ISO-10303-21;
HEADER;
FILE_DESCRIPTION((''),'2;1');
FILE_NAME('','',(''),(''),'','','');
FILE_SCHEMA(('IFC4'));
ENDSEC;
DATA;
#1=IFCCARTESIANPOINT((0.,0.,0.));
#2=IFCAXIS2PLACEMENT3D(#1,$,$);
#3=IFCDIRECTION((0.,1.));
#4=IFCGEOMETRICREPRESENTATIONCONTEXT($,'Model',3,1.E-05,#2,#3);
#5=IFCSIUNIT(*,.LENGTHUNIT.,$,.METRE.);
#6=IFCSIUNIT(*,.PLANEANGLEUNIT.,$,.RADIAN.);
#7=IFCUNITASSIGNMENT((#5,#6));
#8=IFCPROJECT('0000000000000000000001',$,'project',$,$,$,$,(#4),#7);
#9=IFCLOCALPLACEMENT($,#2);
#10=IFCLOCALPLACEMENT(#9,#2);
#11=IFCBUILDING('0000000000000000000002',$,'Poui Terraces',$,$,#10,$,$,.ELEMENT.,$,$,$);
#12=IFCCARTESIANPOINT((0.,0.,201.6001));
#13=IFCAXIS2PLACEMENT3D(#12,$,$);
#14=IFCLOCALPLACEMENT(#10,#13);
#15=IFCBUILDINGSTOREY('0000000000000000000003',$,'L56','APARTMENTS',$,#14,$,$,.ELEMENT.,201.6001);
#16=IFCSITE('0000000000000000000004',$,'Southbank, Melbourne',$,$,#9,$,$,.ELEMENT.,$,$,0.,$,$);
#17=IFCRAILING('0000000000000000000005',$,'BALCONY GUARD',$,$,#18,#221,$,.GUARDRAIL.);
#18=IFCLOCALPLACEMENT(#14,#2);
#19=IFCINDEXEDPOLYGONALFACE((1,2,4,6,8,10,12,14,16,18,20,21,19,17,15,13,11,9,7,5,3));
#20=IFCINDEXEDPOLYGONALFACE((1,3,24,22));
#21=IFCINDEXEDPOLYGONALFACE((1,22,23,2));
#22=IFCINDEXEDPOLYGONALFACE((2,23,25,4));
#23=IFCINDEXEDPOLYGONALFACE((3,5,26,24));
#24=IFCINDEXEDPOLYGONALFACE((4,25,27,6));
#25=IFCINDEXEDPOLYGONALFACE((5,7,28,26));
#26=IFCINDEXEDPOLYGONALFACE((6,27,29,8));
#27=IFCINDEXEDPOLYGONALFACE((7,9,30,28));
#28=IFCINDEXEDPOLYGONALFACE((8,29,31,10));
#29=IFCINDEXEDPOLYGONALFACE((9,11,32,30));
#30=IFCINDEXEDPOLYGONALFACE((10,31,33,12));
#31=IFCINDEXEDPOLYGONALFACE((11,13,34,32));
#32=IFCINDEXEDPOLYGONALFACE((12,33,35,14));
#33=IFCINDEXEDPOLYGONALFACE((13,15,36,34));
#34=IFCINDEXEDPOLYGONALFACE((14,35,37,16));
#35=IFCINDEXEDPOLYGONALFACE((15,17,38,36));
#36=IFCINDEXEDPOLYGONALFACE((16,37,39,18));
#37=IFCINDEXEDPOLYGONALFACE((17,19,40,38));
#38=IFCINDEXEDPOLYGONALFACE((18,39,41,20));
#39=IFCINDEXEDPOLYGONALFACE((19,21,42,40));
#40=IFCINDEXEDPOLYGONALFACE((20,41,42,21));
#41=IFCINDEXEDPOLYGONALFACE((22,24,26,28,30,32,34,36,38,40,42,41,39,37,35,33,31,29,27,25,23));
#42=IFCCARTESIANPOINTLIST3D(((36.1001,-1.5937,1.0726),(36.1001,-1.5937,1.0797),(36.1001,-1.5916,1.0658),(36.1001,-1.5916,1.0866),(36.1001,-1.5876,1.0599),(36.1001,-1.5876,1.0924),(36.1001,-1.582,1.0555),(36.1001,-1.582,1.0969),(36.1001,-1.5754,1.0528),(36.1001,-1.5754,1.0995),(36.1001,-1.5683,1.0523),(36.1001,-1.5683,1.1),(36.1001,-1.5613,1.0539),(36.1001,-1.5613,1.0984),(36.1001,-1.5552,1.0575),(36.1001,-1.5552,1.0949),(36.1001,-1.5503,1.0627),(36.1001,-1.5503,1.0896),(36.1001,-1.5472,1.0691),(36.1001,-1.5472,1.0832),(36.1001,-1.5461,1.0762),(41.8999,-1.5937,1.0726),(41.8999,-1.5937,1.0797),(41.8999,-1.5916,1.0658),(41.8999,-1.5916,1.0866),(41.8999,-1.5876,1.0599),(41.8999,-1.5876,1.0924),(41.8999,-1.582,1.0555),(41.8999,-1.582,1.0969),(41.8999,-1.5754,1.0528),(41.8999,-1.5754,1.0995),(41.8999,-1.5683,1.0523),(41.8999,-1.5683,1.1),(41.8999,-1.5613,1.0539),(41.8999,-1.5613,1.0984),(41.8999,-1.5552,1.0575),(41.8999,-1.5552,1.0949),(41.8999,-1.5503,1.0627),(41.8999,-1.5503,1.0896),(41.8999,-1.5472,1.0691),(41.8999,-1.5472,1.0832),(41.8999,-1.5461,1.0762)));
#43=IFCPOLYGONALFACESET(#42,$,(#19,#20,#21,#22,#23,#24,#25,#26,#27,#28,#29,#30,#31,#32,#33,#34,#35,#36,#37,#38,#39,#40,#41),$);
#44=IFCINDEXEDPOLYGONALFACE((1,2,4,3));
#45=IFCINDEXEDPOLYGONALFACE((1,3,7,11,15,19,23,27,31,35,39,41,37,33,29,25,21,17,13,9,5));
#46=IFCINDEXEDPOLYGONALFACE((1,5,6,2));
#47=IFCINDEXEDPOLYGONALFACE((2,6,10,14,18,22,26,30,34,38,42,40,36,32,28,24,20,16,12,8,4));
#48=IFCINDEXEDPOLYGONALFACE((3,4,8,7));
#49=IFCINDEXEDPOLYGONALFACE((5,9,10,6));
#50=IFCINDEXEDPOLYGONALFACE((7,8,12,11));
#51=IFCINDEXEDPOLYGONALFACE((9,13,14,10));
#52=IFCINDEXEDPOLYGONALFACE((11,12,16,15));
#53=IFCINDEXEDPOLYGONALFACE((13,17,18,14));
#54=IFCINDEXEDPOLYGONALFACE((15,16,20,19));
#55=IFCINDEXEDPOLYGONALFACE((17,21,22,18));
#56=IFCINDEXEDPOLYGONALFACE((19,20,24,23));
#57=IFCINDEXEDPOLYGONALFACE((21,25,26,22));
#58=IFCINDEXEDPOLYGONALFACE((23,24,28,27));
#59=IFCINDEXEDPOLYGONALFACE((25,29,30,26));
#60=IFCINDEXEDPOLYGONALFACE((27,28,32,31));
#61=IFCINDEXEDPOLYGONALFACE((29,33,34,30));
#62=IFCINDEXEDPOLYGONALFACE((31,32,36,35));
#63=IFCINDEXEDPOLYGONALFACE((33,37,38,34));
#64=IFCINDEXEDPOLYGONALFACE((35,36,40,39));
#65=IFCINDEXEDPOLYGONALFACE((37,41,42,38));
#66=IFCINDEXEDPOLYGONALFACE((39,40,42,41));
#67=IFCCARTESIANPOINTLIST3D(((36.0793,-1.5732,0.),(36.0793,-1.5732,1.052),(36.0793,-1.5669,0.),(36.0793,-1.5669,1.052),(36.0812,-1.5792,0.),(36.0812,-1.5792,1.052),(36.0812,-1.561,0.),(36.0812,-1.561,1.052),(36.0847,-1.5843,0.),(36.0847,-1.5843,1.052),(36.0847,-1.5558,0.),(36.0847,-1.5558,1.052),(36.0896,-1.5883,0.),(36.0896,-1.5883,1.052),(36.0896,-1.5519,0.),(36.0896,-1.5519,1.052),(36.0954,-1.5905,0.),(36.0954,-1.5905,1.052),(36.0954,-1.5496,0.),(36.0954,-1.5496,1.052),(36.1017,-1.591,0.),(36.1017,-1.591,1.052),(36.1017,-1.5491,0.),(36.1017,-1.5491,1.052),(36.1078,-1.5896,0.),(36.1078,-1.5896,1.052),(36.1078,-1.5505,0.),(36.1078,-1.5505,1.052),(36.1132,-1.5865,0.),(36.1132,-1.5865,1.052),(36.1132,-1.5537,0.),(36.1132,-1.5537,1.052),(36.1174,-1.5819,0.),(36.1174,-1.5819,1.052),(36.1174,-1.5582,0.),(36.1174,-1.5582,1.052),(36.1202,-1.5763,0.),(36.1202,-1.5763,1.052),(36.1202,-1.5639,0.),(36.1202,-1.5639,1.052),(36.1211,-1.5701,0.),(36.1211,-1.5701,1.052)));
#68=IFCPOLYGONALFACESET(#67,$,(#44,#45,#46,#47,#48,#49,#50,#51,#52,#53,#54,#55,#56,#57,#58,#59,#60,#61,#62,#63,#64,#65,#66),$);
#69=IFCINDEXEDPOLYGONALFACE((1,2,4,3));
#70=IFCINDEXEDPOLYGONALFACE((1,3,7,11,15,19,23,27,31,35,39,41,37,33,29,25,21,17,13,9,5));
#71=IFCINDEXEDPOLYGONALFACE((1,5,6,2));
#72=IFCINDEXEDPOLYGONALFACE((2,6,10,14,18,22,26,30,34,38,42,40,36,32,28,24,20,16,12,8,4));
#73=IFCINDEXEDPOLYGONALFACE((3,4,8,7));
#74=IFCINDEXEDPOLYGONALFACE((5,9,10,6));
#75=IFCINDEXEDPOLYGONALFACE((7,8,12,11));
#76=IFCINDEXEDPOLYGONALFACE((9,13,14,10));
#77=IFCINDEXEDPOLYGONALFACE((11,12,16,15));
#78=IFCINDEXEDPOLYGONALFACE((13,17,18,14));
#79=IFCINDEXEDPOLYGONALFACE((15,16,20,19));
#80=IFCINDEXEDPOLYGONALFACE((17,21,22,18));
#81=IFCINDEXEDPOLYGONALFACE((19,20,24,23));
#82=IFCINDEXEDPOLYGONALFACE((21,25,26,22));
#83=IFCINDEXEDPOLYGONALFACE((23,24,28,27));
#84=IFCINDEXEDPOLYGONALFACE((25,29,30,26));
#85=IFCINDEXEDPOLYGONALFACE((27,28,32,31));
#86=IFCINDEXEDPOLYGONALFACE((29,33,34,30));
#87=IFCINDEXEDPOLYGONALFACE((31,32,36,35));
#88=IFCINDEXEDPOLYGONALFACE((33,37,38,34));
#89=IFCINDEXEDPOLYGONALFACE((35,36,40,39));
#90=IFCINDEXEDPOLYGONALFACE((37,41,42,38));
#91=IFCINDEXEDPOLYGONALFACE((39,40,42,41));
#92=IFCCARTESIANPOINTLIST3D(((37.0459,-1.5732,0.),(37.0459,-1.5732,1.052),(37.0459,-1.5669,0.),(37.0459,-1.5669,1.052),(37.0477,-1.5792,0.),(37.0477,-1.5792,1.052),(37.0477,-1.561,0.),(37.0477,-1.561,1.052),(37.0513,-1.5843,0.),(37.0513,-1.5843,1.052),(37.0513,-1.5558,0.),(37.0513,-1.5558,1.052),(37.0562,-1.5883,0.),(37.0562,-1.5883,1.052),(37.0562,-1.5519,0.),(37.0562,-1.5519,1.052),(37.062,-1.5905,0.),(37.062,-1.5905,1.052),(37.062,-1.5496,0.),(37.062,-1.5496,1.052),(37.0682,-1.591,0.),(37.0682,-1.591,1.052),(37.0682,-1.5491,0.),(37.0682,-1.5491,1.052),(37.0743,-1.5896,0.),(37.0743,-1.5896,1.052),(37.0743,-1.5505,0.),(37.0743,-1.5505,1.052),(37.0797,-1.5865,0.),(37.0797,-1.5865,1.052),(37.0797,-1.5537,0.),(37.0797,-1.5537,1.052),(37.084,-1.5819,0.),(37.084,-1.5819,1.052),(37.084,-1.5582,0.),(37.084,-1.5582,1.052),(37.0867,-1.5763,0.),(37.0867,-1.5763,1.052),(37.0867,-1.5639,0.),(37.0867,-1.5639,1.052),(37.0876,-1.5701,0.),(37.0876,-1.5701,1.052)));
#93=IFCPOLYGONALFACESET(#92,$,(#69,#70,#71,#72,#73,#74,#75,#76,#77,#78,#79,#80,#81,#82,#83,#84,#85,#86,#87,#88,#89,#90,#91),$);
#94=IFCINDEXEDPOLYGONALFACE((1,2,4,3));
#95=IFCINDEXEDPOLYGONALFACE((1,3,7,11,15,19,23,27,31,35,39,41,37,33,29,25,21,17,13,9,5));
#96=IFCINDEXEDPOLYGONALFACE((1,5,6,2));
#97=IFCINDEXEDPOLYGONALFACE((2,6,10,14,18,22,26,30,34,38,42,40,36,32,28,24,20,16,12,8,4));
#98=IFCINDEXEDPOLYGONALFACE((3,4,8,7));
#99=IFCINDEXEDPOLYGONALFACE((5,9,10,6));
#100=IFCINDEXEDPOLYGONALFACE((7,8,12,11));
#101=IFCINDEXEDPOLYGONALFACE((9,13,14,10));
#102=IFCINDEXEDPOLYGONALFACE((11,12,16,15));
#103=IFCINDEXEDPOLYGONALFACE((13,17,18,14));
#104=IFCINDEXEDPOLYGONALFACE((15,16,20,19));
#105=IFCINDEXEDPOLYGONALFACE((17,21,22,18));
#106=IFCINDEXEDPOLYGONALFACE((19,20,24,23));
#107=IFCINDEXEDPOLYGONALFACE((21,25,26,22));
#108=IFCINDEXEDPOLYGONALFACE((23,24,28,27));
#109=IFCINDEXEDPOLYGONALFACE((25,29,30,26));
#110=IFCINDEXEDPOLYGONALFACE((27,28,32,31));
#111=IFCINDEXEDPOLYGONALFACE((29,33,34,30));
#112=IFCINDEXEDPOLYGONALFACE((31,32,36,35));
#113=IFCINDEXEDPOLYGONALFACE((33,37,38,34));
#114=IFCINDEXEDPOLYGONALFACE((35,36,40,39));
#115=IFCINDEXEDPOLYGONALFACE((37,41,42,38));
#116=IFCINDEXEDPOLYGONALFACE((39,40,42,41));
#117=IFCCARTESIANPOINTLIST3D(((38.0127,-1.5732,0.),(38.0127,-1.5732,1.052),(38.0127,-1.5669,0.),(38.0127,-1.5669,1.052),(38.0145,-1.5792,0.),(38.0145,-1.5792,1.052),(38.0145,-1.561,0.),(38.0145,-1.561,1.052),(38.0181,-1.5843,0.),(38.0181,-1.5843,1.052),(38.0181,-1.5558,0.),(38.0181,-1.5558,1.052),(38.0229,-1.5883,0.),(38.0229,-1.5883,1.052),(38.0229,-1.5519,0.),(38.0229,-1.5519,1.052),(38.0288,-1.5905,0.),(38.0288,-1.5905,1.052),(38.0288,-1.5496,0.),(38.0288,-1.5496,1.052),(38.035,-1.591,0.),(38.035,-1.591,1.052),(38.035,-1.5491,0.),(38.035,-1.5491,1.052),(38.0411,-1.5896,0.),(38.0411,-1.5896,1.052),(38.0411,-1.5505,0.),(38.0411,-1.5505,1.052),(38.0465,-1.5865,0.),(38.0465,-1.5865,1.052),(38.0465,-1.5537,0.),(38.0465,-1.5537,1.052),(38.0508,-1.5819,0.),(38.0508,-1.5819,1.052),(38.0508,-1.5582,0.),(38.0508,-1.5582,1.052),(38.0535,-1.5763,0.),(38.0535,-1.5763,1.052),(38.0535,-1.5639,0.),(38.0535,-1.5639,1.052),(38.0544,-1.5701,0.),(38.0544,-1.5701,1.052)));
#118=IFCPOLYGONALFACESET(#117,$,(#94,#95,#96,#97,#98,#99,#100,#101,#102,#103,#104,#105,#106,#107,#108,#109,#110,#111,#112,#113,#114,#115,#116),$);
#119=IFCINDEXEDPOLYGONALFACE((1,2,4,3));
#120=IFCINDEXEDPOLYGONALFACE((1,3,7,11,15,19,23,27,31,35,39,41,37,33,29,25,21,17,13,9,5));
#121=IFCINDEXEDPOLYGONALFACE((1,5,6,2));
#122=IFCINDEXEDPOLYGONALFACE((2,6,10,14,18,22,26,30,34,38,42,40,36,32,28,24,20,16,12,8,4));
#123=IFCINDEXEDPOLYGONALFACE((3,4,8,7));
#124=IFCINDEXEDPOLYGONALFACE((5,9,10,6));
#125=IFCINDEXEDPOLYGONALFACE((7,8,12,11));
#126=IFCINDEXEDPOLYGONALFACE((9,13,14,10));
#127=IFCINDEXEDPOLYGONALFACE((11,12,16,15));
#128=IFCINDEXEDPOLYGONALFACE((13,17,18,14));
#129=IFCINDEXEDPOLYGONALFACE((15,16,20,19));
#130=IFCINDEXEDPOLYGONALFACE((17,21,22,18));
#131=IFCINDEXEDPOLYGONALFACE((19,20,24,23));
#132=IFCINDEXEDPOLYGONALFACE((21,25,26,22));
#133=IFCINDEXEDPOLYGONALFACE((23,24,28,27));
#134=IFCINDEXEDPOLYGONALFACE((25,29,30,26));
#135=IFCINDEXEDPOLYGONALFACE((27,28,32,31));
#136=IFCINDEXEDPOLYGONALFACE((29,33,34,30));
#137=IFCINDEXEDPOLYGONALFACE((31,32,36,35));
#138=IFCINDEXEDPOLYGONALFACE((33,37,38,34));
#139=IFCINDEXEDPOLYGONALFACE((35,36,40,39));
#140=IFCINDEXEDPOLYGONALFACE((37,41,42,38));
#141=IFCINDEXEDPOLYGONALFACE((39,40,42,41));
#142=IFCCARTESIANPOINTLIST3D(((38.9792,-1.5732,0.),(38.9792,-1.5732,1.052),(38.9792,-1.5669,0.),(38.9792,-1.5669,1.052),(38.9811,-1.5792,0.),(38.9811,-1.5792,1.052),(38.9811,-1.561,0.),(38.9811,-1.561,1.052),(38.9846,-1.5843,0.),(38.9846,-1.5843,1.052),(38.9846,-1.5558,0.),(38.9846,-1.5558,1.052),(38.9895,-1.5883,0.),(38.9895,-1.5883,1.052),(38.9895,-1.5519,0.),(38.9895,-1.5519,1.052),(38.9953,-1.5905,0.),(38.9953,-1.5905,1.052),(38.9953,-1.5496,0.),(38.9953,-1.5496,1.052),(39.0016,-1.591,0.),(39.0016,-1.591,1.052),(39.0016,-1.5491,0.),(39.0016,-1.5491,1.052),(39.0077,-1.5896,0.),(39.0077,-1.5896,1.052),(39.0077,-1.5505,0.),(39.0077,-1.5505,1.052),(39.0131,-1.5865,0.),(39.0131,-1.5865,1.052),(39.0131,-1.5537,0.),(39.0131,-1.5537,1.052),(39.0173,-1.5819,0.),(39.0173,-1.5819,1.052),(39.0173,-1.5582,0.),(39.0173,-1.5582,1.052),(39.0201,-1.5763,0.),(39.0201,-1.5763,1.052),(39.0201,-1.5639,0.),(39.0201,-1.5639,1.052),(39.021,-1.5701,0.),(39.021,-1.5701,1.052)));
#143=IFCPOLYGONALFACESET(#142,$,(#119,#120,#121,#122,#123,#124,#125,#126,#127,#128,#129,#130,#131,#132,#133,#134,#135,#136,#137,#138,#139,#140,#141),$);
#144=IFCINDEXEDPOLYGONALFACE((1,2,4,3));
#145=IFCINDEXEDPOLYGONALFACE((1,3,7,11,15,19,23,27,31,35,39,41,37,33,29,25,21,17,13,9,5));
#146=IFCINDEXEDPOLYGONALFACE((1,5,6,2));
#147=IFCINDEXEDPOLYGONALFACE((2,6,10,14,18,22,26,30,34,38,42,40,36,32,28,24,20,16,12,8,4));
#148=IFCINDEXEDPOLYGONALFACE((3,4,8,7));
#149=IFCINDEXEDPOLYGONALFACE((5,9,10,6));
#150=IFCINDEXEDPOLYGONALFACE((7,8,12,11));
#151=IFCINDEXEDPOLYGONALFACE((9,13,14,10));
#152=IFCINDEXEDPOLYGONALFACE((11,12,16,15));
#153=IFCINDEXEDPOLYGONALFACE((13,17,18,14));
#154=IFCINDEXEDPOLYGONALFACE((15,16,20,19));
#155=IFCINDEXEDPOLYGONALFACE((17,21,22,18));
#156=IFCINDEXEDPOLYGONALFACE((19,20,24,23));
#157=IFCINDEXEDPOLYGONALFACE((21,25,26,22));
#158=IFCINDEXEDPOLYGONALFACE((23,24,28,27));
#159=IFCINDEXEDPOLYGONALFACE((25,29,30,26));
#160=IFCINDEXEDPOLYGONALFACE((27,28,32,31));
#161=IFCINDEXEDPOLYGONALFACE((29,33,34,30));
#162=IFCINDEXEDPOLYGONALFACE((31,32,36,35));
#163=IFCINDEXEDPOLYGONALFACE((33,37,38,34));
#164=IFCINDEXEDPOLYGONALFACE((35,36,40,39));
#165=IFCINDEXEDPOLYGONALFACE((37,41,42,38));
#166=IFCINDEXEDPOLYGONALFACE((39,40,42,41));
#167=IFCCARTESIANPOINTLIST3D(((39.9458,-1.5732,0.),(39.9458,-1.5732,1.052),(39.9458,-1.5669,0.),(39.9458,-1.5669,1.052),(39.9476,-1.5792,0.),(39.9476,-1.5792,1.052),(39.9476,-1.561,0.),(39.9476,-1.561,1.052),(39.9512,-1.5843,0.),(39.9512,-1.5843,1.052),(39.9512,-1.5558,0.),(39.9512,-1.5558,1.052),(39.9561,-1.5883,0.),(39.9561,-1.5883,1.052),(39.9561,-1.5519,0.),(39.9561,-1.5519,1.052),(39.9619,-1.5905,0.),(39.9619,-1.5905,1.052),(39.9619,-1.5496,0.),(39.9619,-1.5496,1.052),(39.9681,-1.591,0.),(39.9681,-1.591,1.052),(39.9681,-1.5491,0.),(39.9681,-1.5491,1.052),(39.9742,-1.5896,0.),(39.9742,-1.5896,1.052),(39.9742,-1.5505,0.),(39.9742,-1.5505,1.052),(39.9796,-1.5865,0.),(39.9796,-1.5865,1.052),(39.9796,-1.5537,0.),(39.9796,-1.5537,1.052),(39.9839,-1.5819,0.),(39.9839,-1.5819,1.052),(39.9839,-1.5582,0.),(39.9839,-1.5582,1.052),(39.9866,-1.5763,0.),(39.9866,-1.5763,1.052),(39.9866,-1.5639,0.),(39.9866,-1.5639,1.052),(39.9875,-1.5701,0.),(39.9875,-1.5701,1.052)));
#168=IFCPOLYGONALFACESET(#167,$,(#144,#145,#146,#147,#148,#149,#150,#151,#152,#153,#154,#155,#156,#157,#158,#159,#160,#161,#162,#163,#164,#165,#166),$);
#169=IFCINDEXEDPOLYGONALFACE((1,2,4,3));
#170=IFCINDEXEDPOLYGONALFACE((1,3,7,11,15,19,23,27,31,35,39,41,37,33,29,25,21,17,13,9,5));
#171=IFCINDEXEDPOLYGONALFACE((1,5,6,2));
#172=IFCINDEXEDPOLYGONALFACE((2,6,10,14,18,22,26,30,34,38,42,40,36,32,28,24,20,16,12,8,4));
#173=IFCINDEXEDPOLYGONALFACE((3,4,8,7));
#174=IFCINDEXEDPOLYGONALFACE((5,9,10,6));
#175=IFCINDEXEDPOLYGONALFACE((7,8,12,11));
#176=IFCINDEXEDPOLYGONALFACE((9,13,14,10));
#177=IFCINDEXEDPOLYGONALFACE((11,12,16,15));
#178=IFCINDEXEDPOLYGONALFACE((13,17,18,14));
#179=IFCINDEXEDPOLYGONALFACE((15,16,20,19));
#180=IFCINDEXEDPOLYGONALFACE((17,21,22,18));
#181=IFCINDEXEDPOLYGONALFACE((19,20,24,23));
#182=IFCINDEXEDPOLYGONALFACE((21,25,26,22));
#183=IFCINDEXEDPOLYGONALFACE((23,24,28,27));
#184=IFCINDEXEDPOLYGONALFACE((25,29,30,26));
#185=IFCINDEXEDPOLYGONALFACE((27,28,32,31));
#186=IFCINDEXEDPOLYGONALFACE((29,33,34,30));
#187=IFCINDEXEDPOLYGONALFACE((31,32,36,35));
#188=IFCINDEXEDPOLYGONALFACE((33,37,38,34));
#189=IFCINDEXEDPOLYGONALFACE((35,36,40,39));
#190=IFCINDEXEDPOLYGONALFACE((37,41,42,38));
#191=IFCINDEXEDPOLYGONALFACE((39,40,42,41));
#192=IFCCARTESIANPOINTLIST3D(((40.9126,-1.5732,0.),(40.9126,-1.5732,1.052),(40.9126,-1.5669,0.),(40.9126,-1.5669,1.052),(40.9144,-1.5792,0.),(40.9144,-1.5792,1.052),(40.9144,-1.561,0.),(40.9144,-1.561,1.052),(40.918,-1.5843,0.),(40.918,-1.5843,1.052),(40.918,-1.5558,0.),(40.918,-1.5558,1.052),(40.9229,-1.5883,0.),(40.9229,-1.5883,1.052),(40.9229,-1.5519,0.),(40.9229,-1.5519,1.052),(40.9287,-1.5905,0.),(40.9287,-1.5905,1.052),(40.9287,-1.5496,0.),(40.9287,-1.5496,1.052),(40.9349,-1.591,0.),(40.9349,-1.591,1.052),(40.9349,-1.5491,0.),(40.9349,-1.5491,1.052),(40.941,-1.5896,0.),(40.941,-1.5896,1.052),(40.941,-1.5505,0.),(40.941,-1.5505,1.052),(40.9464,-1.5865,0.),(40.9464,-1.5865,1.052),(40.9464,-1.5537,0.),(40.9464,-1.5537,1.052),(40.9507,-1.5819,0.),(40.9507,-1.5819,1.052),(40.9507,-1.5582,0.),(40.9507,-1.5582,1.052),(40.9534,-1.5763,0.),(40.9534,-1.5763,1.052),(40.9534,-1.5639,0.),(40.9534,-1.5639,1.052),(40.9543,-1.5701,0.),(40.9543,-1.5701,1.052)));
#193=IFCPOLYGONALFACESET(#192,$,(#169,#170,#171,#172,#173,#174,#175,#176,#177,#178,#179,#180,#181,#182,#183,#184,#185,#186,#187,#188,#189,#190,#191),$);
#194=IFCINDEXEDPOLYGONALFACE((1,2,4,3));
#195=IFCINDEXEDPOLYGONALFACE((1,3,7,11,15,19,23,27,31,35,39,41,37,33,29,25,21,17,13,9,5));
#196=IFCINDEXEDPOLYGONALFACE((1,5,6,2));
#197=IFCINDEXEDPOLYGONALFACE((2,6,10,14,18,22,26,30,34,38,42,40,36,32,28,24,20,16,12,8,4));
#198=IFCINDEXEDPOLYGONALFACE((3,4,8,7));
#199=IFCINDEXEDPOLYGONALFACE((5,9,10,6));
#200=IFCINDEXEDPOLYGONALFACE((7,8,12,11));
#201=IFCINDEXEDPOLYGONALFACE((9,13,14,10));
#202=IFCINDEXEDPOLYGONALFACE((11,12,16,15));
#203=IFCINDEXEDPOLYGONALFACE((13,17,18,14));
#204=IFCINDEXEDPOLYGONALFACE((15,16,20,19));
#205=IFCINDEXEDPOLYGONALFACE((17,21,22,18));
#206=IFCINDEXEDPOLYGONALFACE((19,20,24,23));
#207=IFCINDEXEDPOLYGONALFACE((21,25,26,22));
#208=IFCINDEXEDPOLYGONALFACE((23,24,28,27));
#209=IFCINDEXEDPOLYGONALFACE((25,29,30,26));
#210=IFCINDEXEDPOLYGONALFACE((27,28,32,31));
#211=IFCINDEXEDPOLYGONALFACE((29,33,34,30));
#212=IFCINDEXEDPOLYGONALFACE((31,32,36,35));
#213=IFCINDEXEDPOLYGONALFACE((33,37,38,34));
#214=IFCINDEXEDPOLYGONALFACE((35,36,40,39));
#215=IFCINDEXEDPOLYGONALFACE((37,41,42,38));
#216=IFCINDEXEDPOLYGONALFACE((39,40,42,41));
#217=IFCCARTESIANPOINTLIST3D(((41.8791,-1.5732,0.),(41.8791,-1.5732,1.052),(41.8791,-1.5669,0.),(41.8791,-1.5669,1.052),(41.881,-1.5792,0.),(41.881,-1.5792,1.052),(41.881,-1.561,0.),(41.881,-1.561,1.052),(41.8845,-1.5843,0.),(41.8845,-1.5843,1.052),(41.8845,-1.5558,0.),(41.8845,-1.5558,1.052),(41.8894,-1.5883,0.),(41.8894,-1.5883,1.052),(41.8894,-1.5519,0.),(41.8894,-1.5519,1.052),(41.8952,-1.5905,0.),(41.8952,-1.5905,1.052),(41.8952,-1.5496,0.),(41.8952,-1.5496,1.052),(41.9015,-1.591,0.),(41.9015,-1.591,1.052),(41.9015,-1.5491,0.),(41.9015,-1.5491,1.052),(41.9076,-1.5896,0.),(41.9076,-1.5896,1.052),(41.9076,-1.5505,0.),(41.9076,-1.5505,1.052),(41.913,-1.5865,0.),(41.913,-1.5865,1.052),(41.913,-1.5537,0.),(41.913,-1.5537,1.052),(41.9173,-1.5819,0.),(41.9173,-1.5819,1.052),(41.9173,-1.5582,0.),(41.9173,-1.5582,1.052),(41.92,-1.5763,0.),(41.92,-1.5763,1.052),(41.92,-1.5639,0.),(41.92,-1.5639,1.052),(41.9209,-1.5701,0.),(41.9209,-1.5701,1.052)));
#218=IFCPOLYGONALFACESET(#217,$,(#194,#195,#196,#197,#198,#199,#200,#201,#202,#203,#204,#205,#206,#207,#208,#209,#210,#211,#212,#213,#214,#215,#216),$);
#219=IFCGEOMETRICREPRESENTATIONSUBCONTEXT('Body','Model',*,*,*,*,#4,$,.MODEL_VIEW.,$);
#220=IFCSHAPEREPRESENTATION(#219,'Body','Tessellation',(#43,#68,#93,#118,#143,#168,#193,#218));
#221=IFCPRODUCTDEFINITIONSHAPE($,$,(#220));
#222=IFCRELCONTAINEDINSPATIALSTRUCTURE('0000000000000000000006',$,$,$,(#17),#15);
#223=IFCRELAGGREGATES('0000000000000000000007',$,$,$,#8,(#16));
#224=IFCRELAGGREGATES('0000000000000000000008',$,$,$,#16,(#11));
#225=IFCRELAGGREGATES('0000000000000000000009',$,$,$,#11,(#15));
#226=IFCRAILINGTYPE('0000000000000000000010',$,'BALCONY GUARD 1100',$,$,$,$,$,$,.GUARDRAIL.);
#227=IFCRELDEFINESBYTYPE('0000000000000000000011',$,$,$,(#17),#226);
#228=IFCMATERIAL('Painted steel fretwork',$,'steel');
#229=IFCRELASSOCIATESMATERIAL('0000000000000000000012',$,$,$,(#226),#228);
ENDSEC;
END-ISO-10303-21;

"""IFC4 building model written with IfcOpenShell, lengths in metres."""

from ifc_helpers import new_model, si_unit, direction, frame, origin, origin_2d, place, context, subcontext, project, spatial, circle, extrude, material, type_object, element, save


model = new_model("IFC4")

# Units and contexts
model_context = context("Model", 3, precision=1e-05, world=origin(), true_north=direction((0.0, 1.0)))
body_context = subcontext(model_context, "Body", "Model", "MODEL_VIEW")
ifc_project = project(units=[si_unit("LENGTHUNIT", "METRE"), si_unit("PLANEANGLEUNIT", "RADIAN")], contexts=[model_context])

# Site, building, storey
site_placement = place(None, origin())
site = spatial("IfcSite", under=ifc_project, at=site_placement, Name="Southbank, Melbourne", CompositionType="ELEMENT", RefElevation=0.0)
building_placement = place(site_placement, origin())
building = spatial("IfcBuilding", under=site, at=building_placement, Name="Poui Terraces", CompositionType="ELEMENT")
storey_placement = place(building_placement, frame((0.0, 0.0, 201.6001)))
storey = spatial("IfcBuildingStorey", under=building, at=storey_placement, Name="L56", Description="APARTMENTS", CompositionType="ELEMENT", Elevation=201.6001)

# Railing
ifc_material_1 = material(Name="Painted steel fretwork", Category="steel")
railing_type = type_object("IfcRailingType", Name="BALCONY GUARD 1100", PredefinedType="GUARDRAIL", material=ifc_material_1)
railing_placement = place(storey_placement, frame((36.1001, -1.5701, 0.0)))
element("IfcRailing", 1, at=railing_placement, inside=storey, type_object=railing_type, Name="BALCONY GUARD", PredefinedType="GUARDRAIL", context=body_context, shape_type="SweptSolid", body=[
    extrude(circle(Radius=0.0239, at=origin_2d()), frame((0.0, 0.0, 1.0762), z_axis=(1.0, 0.0, 0.0), x_axis=(0.0, 1.0, 0.0)), (0.0, 0.0, 1.0), 5.7998),
    extrude(circle(Radius=0.021, at=origin_2d()), origin(), (0.0, 0.0, 1.0), 1.052),
    extrude(circle(Radius=0.021, at=origin_2d()), frame((0.9666, 0.0, 0.0)), (0.0, 0.0, 1.0), 1.052),
    extrude(circle(Radius=0.021, at=origin_2d()), frame((1.9333, 0.0, 0.0)), (0.0, 0.0, 1.0), 1.052),
    extrude(circle(Radius=0.021, at=origin_2d()), frame((2.8999, 0.0, 0.0)), (0.0, 0.0, 1.0), 1.052),
    extrude(circle(Radius=0.021, at=origin_2d()), frame((3.8665, 0.0, 0.0)), (0.0, 0.0, 1.0), 1.052),
    extrude(circle(Radius=0.021, at=origin_2d()), frame((4.8333, 0.0, 0.0)), (0.0, 0.0, 1.0), 1.052),
    extrude(circle(Radius=0.021, at=origin_2d()), frame((5.7998, 0.0, 0.0)), (0.0, 0.0, 1.0), 1.052),
])

save(model, "model.ifc")
